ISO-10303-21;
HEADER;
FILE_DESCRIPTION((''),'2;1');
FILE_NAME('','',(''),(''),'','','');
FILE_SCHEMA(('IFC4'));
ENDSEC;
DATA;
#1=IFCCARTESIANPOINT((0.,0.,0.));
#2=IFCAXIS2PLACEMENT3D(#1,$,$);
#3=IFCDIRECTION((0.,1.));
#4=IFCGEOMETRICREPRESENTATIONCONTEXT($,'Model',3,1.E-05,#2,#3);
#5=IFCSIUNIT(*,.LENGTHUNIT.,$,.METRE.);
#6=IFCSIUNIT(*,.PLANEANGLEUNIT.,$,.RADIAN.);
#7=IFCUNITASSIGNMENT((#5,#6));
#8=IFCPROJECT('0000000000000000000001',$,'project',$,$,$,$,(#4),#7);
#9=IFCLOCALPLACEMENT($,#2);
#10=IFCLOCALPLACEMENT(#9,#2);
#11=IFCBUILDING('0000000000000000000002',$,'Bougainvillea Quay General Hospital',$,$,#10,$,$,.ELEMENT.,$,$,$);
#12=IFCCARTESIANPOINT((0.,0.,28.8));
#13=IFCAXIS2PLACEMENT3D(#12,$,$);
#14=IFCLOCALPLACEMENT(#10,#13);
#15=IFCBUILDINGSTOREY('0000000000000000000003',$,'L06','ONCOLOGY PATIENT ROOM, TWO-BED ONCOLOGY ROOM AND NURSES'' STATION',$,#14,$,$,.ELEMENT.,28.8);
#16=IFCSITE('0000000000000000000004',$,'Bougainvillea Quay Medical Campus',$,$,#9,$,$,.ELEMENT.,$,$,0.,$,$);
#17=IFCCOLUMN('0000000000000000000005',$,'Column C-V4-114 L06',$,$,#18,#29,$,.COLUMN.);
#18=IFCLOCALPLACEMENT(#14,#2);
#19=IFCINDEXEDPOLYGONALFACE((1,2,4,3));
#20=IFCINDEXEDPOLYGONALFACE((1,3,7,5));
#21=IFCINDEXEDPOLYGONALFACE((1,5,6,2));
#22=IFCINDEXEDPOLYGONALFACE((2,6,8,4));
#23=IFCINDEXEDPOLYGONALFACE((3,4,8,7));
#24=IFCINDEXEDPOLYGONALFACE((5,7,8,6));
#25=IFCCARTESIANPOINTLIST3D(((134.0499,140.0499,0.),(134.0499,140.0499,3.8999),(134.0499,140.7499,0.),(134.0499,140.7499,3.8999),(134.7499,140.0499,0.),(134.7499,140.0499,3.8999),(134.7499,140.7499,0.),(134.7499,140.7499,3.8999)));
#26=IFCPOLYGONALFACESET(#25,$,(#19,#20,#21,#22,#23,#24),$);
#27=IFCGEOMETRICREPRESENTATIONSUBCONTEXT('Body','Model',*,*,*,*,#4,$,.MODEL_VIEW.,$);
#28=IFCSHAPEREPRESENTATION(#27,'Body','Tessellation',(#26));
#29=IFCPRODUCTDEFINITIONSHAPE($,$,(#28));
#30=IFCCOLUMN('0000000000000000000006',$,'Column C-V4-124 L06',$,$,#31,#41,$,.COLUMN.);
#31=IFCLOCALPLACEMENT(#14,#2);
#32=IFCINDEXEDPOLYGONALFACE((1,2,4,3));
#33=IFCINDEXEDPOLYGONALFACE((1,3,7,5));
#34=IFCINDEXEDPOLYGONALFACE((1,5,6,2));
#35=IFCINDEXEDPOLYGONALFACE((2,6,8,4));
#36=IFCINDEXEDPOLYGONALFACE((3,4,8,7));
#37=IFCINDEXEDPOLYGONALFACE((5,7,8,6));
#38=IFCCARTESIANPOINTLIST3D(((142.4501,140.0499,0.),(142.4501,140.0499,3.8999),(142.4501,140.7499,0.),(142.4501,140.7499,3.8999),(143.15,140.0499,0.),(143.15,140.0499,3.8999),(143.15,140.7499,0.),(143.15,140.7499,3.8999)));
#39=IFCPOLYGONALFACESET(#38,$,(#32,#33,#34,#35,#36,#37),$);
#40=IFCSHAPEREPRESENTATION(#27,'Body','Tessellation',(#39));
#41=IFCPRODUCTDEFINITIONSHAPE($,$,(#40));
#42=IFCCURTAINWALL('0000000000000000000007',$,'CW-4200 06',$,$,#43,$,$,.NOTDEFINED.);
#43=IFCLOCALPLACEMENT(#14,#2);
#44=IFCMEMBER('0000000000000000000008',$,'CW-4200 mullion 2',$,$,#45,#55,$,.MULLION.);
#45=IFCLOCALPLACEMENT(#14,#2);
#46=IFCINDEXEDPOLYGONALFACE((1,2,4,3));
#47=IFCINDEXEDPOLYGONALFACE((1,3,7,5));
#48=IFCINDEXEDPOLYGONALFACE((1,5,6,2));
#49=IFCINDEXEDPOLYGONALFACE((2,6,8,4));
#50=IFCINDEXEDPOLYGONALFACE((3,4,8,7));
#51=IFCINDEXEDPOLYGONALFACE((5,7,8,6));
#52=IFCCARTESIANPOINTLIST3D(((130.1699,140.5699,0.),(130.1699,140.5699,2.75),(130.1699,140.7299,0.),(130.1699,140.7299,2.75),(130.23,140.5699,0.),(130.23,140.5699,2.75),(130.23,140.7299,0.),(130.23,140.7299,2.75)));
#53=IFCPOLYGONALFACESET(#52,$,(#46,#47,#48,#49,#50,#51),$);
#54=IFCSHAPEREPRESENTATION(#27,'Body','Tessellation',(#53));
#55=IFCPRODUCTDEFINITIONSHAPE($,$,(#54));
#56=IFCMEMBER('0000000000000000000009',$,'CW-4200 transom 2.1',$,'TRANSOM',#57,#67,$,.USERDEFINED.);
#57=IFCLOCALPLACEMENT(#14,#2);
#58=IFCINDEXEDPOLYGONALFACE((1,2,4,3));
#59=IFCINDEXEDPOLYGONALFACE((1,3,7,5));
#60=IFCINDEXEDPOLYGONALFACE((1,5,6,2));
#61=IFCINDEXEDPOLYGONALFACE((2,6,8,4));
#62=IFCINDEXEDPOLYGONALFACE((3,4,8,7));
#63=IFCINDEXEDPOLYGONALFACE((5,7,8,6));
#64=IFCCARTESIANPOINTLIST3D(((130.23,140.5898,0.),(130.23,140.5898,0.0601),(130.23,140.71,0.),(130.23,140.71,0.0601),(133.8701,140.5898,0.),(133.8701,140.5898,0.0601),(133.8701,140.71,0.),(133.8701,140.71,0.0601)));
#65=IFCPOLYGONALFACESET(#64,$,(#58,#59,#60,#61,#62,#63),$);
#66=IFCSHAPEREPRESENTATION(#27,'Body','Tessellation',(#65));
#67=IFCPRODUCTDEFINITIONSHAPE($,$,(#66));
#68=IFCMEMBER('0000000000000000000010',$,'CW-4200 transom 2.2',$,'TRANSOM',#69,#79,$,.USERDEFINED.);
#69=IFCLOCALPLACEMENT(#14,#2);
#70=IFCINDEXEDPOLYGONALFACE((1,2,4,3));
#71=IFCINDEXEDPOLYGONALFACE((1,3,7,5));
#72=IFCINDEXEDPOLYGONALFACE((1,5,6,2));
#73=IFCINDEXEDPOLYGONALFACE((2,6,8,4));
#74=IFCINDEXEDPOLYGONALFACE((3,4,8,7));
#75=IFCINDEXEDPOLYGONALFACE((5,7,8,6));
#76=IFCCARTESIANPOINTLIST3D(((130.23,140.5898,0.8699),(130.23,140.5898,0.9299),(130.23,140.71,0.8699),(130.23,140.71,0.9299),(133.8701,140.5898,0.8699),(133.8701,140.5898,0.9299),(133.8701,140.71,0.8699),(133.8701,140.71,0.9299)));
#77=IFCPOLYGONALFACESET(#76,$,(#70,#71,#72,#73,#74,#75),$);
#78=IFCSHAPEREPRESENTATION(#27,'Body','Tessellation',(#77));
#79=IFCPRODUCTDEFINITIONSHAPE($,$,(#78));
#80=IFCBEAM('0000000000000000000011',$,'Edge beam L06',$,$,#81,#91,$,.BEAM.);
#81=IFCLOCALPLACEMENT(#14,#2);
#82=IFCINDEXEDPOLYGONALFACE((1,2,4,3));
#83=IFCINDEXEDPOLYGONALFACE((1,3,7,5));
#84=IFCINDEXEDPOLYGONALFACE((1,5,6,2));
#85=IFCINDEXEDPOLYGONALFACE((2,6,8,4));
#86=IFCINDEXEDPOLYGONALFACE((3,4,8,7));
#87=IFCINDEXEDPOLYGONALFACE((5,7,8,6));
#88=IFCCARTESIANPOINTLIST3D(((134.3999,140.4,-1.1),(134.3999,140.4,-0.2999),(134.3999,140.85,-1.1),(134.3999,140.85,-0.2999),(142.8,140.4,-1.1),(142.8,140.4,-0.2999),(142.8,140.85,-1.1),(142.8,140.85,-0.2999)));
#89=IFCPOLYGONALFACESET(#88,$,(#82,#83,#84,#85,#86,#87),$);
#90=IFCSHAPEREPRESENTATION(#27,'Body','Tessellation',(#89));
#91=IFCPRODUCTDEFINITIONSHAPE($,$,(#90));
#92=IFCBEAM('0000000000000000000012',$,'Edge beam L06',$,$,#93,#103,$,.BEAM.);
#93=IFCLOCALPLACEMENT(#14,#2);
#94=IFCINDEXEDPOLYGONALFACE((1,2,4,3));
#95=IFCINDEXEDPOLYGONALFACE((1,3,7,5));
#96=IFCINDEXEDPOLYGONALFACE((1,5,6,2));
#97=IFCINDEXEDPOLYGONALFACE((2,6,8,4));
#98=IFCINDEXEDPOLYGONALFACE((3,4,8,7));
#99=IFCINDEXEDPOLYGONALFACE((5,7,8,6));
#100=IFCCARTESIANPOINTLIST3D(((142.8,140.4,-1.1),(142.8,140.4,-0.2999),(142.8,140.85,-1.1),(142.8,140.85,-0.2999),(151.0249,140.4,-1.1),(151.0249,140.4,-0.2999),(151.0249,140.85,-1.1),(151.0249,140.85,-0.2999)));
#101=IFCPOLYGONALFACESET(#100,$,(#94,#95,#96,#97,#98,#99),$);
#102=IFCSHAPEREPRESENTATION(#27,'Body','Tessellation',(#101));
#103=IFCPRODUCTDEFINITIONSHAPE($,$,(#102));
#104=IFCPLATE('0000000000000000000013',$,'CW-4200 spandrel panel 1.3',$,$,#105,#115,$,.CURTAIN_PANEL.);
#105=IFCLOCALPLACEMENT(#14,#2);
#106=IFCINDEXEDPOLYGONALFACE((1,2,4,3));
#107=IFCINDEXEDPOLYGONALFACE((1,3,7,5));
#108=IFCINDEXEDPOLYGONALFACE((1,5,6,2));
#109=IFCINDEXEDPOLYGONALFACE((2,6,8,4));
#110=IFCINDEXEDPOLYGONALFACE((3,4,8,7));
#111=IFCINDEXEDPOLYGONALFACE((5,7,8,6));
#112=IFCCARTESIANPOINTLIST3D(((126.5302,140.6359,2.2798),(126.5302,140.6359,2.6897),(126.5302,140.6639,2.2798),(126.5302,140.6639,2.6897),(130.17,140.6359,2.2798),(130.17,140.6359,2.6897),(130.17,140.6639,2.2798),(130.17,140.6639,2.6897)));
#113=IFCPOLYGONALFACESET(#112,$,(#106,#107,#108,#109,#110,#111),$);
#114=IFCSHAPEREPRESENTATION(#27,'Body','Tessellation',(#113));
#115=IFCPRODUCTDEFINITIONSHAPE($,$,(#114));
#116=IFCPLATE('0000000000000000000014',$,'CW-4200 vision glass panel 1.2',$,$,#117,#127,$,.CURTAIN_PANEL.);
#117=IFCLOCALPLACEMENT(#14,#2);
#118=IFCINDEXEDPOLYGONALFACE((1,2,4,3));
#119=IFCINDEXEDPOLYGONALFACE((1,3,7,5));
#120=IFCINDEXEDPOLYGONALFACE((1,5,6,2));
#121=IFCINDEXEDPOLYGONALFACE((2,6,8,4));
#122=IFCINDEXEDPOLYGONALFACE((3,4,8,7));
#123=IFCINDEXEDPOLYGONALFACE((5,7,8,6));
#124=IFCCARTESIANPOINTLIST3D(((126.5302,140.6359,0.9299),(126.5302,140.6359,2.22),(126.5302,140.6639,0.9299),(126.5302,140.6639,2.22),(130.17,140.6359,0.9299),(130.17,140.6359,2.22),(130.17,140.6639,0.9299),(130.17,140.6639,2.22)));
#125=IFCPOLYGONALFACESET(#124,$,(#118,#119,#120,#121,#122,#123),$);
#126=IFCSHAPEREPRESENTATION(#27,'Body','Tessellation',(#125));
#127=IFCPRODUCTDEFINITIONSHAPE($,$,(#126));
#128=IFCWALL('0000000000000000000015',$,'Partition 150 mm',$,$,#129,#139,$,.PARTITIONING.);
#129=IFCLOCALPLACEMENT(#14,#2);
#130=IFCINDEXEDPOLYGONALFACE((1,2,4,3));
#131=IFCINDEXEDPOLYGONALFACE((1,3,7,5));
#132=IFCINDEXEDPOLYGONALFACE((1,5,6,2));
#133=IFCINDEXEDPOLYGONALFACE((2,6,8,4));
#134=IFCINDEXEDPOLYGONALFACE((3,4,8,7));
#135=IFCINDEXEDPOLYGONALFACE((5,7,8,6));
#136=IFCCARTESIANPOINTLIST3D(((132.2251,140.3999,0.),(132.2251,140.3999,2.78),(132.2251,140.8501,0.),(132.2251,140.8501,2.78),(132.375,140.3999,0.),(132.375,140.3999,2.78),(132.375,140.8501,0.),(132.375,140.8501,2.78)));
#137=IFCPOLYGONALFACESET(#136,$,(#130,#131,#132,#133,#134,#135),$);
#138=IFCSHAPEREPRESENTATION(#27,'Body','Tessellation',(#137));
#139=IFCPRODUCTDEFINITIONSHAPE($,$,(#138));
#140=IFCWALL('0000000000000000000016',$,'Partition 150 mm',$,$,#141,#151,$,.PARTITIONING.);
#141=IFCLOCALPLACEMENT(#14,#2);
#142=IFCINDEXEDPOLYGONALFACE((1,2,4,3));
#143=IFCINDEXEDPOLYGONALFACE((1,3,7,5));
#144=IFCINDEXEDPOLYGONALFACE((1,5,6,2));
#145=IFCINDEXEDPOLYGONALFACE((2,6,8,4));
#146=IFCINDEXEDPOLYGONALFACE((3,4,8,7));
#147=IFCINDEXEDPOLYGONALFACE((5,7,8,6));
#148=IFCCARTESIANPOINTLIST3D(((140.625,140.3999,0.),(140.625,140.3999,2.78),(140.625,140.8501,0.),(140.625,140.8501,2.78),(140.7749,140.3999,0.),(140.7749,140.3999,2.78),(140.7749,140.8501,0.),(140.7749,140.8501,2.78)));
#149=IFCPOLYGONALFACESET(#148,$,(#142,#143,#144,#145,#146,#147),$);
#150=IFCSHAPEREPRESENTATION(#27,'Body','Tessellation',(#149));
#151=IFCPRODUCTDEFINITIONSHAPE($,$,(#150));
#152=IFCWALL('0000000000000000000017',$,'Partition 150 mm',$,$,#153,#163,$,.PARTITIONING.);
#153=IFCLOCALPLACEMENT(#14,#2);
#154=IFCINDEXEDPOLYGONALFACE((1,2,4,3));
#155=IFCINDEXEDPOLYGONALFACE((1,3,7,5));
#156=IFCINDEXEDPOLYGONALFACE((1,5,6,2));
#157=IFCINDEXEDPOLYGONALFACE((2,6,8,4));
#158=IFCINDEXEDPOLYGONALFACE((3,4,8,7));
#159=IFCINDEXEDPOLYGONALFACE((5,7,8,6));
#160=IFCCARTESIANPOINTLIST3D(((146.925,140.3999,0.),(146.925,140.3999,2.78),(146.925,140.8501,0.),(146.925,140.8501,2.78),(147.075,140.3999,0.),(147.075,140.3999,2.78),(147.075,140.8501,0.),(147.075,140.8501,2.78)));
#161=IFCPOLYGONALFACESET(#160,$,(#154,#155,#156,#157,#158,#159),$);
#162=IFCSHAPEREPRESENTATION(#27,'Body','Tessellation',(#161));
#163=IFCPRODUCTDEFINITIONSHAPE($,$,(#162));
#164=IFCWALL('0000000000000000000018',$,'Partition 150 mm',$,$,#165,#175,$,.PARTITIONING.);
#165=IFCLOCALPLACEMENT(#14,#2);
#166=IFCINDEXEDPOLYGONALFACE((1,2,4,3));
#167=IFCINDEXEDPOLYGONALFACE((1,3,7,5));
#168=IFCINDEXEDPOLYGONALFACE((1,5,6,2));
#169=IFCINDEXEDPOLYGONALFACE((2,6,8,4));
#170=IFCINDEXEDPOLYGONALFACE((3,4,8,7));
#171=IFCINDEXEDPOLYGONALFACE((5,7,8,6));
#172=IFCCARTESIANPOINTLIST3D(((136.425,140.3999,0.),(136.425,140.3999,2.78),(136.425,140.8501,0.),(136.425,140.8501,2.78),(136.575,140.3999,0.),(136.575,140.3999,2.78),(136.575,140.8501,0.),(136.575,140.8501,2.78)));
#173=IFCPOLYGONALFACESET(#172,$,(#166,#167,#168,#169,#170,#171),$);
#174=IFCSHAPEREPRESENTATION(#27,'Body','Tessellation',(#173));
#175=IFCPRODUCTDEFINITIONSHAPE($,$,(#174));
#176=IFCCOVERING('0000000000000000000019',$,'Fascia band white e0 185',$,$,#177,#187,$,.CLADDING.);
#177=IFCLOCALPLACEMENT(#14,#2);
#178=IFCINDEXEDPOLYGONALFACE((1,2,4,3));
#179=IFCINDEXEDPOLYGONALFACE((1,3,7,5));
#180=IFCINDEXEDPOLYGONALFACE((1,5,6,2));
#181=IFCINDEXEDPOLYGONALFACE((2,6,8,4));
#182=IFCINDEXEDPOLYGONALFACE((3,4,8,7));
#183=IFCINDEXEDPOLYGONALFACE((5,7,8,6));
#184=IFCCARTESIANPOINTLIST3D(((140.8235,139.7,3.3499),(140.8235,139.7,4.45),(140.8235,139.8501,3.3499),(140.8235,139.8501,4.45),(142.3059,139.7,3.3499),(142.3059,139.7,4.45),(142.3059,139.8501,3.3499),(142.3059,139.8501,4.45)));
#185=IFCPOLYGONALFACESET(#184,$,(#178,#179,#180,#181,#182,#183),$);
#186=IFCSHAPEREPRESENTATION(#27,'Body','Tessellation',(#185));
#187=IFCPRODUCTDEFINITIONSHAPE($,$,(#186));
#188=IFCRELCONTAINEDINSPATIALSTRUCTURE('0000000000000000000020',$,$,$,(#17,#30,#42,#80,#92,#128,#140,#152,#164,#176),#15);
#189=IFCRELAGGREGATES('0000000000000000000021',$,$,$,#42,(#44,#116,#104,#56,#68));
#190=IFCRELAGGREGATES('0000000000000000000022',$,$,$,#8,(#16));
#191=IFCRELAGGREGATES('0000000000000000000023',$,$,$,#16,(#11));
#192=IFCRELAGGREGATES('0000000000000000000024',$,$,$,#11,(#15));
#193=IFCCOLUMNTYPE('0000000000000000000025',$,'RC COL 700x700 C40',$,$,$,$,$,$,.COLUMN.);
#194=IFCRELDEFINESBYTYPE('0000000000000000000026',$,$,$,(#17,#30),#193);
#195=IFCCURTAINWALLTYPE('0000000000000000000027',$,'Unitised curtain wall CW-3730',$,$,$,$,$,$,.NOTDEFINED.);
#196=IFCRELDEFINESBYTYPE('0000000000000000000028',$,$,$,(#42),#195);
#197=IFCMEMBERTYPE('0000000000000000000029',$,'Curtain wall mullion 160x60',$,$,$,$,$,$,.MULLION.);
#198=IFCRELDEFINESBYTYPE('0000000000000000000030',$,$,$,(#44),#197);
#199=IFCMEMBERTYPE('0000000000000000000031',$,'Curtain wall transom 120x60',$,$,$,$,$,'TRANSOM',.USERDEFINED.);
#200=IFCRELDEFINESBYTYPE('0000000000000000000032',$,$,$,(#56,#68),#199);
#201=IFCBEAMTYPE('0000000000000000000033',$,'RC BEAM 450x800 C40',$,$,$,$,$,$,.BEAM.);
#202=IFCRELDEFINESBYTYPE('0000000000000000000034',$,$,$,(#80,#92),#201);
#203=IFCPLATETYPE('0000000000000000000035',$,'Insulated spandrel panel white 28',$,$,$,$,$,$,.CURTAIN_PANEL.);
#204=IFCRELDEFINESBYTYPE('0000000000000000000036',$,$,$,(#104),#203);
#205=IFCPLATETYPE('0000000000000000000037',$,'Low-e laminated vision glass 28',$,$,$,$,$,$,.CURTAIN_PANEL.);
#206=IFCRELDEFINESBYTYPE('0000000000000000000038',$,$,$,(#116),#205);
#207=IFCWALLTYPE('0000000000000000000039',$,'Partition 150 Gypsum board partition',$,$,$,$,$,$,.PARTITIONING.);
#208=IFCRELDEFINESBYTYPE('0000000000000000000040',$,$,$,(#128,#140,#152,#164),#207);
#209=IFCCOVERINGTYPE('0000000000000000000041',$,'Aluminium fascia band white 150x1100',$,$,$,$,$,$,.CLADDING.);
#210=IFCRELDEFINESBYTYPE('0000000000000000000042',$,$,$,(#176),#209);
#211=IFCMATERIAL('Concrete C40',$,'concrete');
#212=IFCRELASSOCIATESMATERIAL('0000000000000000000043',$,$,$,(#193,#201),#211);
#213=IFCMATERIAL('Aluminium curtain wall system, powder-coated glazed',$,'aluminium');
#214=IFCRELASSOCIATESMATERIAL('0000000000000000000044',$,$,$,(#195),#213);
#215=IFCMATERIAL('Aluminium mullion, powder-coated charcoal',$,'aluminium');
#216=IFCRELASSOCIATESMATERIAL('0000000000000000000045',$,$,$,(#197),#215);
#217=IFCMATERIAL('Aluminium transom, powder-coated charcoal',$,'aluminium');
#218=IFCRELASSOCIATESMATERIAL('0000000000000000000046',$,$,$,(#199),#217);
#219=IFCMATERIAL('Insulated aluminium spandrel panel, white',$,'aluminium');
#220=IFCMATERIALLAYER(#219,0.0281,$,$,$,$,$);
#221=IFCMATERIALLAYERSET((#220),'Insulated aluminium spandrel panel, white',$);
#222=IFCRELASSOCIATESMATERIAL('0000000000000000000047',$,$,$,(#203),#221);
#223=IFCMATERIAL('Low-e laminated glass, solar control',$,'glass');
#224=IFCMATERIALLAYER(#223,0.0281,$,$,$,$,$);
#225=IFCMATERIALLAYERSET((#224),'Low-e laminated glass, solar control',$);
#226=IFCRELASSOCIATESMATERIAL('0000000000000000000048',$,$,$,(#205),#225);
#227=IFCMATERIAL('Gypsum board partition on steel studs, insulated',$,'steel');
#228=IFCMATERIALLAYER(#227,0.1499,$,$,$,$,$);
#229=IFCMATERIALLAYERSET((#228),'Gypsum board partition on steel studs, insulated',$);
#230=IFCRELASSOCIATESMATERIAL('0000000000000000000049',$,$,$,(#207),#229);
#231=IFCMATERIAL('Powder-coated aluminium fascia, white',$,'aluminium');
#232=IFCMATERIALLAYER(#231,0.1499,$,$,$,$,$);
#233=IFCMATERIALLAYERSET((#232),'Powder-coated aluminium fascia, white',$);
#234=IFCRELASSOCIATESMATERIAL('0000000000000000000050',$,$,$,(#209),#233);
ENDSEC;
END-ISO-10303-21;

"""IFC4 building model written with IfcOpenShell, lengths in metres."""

from ifc_helpers import new_model, si_unit, direction, frame, frame_2d, origin, origin_2d, place, context, subcontext, project, spatial, polyline, rectangle, outline, extrude, material, layer, layer_set, material_profile, profile_set, type_object, element, aggregate, save


model = new_model("IFC4")

# Units and contexts
model_context = context("Model", 3, precision=1e-05, world=origin(), true_north=direction((0.0, 1.0)))
body_context = subcontext(model_context, "Body", "Model", "MODEL_VIEW")
ifc_project = project(units=[si_unit("LENGTHUNIT", "METRE"), si_unit("PLANEANGLEUNIT", "RADIAN")], contexts=[model_context])

# Site, building, storey
site_placement = place(None, origin())
site = spatial("IfcSite", under=ifc_project, at=site_placement, Name="Bougainvillea Quay Medical Campus", CompositionType="ELEMENT", RefElevation=0.0)
building_placement = place(site_placement, origin())
building = spatial("IfcBuilding", under=site, at=building_placement, Name="Bougainvillea Quay General Hospital", CompositionType="ELEMENT")
storey_placement = place(building_placement, frame((0.0, 0.0, 28.8)))
storey = spatial("IfcBuildingStorey", under=building, at=storey_placement, Name="L06", Description="ONCOLOGY PATIENT ROOM, TWO-BED ONCOLOGY ROOM AND NURSES' STATION", CompositionType="ELEMENT", Elevation=28.8)

# Columns
ifc_material_1 = material(Name="Concrete C40", Category="concrete")
ifc_material_profile_1 = material_profile(ifc_material_1, rectangle(XDim=0.7, YDim=0.7, at=origin_2d()))
ifc_profile_set_1 = profile_set([ifc_material_profile_1], Name="Concrete C40")
column_type = type_object("IfcColumnType", Name="RC COL 700x700 C40", PredefinedType="COLUMN", material=ifc_profile_set_1)
for number, where, z_axis, x_axis, name in (
    (1, (134.3999, 140.3999, 0.0), (0.0, 0.0, 1.0), (1.0, 0.0, 0.0), "Column C-V4-114 L06"),
    (2, (142.8, 140.3999, 0.0), (0.0, 0.0, 1.0), (1.0, 0.0, 0.0), "Column C-V4-124 L06"),
):
    element("IfcColumn", number, at=place(storey_placement, frame(where, z_axis=z_axis, x_axis=x_axis)), inside=storey, type_object=column_type, Name=name, PredefinedType="COLUMN", context=body_context, shape_type="SweptSolid", body=[
        extrude(rectangle(XDim=0.7, YDim=0.7, at=origin_2d()), origin(), (0.0, 0.0, 1.0), 3.8999),
    ])

# Curtain wall, members
ifc_material_2 = material(Name="Aluminium curtain wall system, powder-coated glazed", Category="aluminium")
curtain_wall_type = type_object("IfcCurtainWallType", Name="Unitised curtain wall CW-3730", PredefinedType="NOTDEFINED", material=ifc_material_2)
curtain_wall_placement = place(storey_placement, origin())
curtain_wall = element("IfcCurtainWall", 3, at=curtain_wall_placement, inside=storey, type_object=curtain_wall_type, Name="CW-4200 06", PredefinedType="NOTDEFINED")
ifc_material_3 = material(Name="Aluminium mullion, powder-coated charcoal", Category="aluminium")
ifc_material_profile_2 = material_profile(ifc_material_3, rectangle(XDim=0.1599, YDim=0.0601, at=origin_2d()))
ifc_profile_set_2 = profile_set([ifc_material_profile_2], Name="Aluminium mullion, powder-coated charcoal")
member_type_1 = type_object("IfcMemberType", Name="Curtain wall mullion 160x60", PredefinedType="MULLION", material=ifc_profile_set_2)
member_1_placement = place(storey_placement, frame((130.2, 140.6499, 0.0), z_axis=(0.0, 0.0, 1.0), x_axis=(0.0, 1.0, 0.0)))
member_1 = element("IfcMember", 4, at=member_1_placement, type_object=member_type_1, Name="CW-4200 mullion 2", PredefinedType="MULLION", context=body_context, shape_type="SweptSolid", body=[
    extrude(rectangle(XDim=0.1599, YDim=0.0601, at=origin_2d()), origin(), (0.0, 0.0, 1.0), 2.75),
])
ifc_material_4 = material(Name="Aluminium transom, powder-coated charcoal", Category="aluminium")
ifc_material_profile_3 = material_profile(ifc_material_4, rectangle(XDim=0.1201, YDim=0.0601, at=origin_2d()))
ifc_profile_set_3 = profile_set([ifc_material_profile_3], Name="Aluminium transom, powder-coated charcoal")
member_type_2 = type_object("IfcMemberType", Name="Curtain wall transom 120x60", ElementType="TRANSOM", PredefinedType="USERDEFINED", material=ifc_profile_set_3)
member_2_placement = place(storey_placement, frame((130.23, 140.6499, 0.03), z_axis=(1.0, 0.0, 0.0), x_axis=(0.0, 1.0, 0.0)))
member_2 = element("IfcMember", 5, at=member_2_placement, type_object=member_type_2, Name="CW-4200 transom 2.1", ObjectType="TRANSOM", PredefinedType="USERDEFINED", context=body_context, shape_type="SweptSolid", body=[
    extrude(rectangle(XDim=0.1201, YDim=0.0601, at=origin_2d()), origin(), (0.0, 0.0, 1.0), 3.6401),
])
member_3_placement = place(storey_placement, frame((130.23, 140.6499, 0.8999), z_axis=(1.0, 0.0, 0.0), x_axis=(0.0, 1.0, 0.0)))
member_3 = element("IfcMember", 6, at=member_3_placement, type_object=member_type_2, Name="CW-4200 transom 2.2", ObjectType="TRANSOM", PredefinedType="USERDEFINED", context=body_context, shape_type="SweptSolid", body=[
    extrude(rectangle(XDim=0.1201, YDim=0.0601, at=origin_2d()), origin(), (0.0, 0.0, 1.0), 3.6401),
])

# Beams
ifc_material_profile_4 = material_profile(ifc_material_1, rectangle(XDim=0.45, YDim=0.8, at=origin_2d()))
ifc_profile_set_4 = profile_set([ifc_material_profile_4], Name="Concrete C40")
beam_type = type_object("IfcBeamType", Name="RC BEAM 450x800 C40", PredefinedType="BEAM", material=ifc_profile_set_4)
beam_1_placement = place(storey_placement, frame((134.3999, 140.625, -0.7), z_axis=(1.0, 0.0, 0.0), x_axis=(0.0, 1.0, 0.0)))
element("IfcBeam", 7, at=beam_1_placement, inside=storey, type_object=beam_type, Name="Edge beam L06", PredefinedType="BEAM", context=body_context, shape_type="SweptSolid", body=[
    extrude(rectangle(XDim=0.45, YDim=0.8, at=origin_2d()), origin(), (0.0, 0.0, 1.0), 8.4001),
])
beam_2_placement = place(storey_placement, frame((142.8, 140.625, -0.7), z_axis=(1.0, 0.0, 0.0), x_axis=(0.0, 1.0, 0.0)))
element("IfcBeam", 8, at=beam_2_placement, inside=storey, type_object=beam_type, Name="Edge beam L06", PredefinedType="BEAM", context=body_context, shape_type="SweptSolid", body=[
    extrude(rectangle(XDim=0.45, YDim=0.8, at=origin_2d()), origin(), (0.0, 0.0, 1.0), 8.2249),
])

# Plates
ifc_material_5 = material(Name="Insulated aluminium spandrel panel, white", Category="aluminium")
ifc_layer_1 = layer(ifc_material_5, 0.0281)
ifc_layer_set_1 = layer_set([ifc_layer_1], Name="Insulated aluminium spandrel panel, white")
plate_type_1 = type_object("IfcPlateType", Name="Insulated spandrel panel white 28", PredefinedType="CURTAIN_PANEL", material=ifc_layer_set_1)
plate_1_placement = place(storey_placement, frame((128.3501, 140.6499, 2.2798), z_axis=(0.0, 0.0, 1.0), x_axis=(1.0, 0.0, 0.0)))
plate_1 = element("IfcPlate", 9, at=plate_1_placement, type_object=plate_type_1, Name="CW-4200 spandrel panel 1.3", PredefinedType="CURTAIN_PANEL", context=body_context, shape_type="SweptSolid", body=[
    extrude(rectangle(XDim=3.6399, YDim=0.0281, at=origin_2d()), origin(), (0.0, 0.0, 1.0), 0.4099),
])
ifc_material_6 = material(Name="Low-e laminated glass, solar control", Category="glass")
ifc_layer_2 = layer(ifc_material_6, 0.0281)
ifc_layer_set_2 = layer_set([ifc_layer_2], Name="Low-e laminated glass, solar control")
plate_type_2 = type_object("IfcPlateType", Name="Low-e laminated vision glass 28", PredefinedType="CURTAIN_PANEL", material=ifc_layer_set_2)
plate_2_placement = place(storey_placement, frame((128.3501, 140.6499, 0.9299), z_axis=(0.0, 0.0, 1.0), x_axis=(1.0, 0.0, 0.0)))
plate_2 = element("IfcPlate", 10, at=plate_2_placement, type_object=plate_type_2, Name="CW-4200 vision glass panel 1.2", PredefinedType="CURTAIN_PANEL", context=body_context, shape_type="SweptSolid", body=[
    extrude(rectangle(XDim=3.6399, YDim=0.0281, at=origin_2d()), origin(), (0.0, 0.0, 1.0), 1.29),
])
aggregate(curtain_wall, [member_1, plate_2, plate_1, member_2, member_3])

# Walls
ifc_material_7 = material(Name="Gypsum board partition on steel studs, insulated", Category="steel")
ifc_layer_3 = layer(ifc_material_7, 0.1499)
ifc_layer_set_3 = layer_set([ifc_layer_3], Name="Gypsum board partition on steel studs, insulated")
wall_type = type_object("IfcWallType", Name="Partition 150 Gypsum board partition", PredefinedType="PARTITIONING", material=ifc_layer_set_3)
for number, where, z_axis, x_axis, name in (
    (11, (132.3, 140.3999, 0.0), (0.0, 0.0, 1.0), (0.0, 1.0, 0.0), "Partition 150 mm"),
    (12, (140.7, 140.3999, 0.0), (0.0, 0.0, 1.0), (0.0, 1.0, 0.0), "Partition 150 mm"),
    (13, (147.0, 140.3999, 0.0), (0.0, 0.0, 1.0), (0.0, 1.0, 0.0), "Partition 150 mm"),
    (14, (136.5, 140.3999, 0.0), (0.0, 0.0, 1.0), (0.0, 1.0, 0.0), "Partition 150 mm"),
):
    element("IfcWall", number, at=place(storey_placement, frame(where, z_axis=z_axis, x_axis=x_axis)), inside=storey, type_object=wall_type, Name=name, PredefinedType="PARTITIONING", context=body_context, shape_type="SweptSolid", body=[
        extrude(rectangle(XDim=0.4502, YDim=0.1499, at=frame_2d((0.2251, 0.0))), origin(), (0.0, 0.0, 1.0), 2.78),
    ])

# Covering
ifc_material_8 = material(Name="Powder-coated aluminium fascia, white", Category="aluminium")
ifc_layer_4 = layer(ifc_material_8, 0.1499)
ifc_layer_set_4 = layer_set([ifc_layer_4], Name="Powder-coated aluminium fascia, white")
covering_type = type_object("IfcCoveringType", Name="Aluminium fascia band white 150x1100", PredefinedType="CLADDING", material=ifc_layer_set_4)
for number, where, z_axis, x_axis, name in (
    (15, (140.8235, 139.8501, 3.3499), (0.0, 0.0, 1.0), (1.0, 0.0, 0.0), "Fascia band white e0 185"),
):
    element("IfcCovering", number, at=place(storey_placement, frame(where, z_axis=z_axis, x_axis=x_axis)), inside=storey, type_object=covering_type, Name=name, PredefinedType="CLADDING", context=body_context, shape_type="SweptSolid", body=[
        extrude(outline(polyline([(0.0, 0.0), (1.4824, 0.0), (1.4824, -0.1501), (0.0, -0.1501), (0.0, 0.0)])), origin(), (0.0, 0.0, 1.0), 1.1001),
    ])

save(model, "model.ifc")
